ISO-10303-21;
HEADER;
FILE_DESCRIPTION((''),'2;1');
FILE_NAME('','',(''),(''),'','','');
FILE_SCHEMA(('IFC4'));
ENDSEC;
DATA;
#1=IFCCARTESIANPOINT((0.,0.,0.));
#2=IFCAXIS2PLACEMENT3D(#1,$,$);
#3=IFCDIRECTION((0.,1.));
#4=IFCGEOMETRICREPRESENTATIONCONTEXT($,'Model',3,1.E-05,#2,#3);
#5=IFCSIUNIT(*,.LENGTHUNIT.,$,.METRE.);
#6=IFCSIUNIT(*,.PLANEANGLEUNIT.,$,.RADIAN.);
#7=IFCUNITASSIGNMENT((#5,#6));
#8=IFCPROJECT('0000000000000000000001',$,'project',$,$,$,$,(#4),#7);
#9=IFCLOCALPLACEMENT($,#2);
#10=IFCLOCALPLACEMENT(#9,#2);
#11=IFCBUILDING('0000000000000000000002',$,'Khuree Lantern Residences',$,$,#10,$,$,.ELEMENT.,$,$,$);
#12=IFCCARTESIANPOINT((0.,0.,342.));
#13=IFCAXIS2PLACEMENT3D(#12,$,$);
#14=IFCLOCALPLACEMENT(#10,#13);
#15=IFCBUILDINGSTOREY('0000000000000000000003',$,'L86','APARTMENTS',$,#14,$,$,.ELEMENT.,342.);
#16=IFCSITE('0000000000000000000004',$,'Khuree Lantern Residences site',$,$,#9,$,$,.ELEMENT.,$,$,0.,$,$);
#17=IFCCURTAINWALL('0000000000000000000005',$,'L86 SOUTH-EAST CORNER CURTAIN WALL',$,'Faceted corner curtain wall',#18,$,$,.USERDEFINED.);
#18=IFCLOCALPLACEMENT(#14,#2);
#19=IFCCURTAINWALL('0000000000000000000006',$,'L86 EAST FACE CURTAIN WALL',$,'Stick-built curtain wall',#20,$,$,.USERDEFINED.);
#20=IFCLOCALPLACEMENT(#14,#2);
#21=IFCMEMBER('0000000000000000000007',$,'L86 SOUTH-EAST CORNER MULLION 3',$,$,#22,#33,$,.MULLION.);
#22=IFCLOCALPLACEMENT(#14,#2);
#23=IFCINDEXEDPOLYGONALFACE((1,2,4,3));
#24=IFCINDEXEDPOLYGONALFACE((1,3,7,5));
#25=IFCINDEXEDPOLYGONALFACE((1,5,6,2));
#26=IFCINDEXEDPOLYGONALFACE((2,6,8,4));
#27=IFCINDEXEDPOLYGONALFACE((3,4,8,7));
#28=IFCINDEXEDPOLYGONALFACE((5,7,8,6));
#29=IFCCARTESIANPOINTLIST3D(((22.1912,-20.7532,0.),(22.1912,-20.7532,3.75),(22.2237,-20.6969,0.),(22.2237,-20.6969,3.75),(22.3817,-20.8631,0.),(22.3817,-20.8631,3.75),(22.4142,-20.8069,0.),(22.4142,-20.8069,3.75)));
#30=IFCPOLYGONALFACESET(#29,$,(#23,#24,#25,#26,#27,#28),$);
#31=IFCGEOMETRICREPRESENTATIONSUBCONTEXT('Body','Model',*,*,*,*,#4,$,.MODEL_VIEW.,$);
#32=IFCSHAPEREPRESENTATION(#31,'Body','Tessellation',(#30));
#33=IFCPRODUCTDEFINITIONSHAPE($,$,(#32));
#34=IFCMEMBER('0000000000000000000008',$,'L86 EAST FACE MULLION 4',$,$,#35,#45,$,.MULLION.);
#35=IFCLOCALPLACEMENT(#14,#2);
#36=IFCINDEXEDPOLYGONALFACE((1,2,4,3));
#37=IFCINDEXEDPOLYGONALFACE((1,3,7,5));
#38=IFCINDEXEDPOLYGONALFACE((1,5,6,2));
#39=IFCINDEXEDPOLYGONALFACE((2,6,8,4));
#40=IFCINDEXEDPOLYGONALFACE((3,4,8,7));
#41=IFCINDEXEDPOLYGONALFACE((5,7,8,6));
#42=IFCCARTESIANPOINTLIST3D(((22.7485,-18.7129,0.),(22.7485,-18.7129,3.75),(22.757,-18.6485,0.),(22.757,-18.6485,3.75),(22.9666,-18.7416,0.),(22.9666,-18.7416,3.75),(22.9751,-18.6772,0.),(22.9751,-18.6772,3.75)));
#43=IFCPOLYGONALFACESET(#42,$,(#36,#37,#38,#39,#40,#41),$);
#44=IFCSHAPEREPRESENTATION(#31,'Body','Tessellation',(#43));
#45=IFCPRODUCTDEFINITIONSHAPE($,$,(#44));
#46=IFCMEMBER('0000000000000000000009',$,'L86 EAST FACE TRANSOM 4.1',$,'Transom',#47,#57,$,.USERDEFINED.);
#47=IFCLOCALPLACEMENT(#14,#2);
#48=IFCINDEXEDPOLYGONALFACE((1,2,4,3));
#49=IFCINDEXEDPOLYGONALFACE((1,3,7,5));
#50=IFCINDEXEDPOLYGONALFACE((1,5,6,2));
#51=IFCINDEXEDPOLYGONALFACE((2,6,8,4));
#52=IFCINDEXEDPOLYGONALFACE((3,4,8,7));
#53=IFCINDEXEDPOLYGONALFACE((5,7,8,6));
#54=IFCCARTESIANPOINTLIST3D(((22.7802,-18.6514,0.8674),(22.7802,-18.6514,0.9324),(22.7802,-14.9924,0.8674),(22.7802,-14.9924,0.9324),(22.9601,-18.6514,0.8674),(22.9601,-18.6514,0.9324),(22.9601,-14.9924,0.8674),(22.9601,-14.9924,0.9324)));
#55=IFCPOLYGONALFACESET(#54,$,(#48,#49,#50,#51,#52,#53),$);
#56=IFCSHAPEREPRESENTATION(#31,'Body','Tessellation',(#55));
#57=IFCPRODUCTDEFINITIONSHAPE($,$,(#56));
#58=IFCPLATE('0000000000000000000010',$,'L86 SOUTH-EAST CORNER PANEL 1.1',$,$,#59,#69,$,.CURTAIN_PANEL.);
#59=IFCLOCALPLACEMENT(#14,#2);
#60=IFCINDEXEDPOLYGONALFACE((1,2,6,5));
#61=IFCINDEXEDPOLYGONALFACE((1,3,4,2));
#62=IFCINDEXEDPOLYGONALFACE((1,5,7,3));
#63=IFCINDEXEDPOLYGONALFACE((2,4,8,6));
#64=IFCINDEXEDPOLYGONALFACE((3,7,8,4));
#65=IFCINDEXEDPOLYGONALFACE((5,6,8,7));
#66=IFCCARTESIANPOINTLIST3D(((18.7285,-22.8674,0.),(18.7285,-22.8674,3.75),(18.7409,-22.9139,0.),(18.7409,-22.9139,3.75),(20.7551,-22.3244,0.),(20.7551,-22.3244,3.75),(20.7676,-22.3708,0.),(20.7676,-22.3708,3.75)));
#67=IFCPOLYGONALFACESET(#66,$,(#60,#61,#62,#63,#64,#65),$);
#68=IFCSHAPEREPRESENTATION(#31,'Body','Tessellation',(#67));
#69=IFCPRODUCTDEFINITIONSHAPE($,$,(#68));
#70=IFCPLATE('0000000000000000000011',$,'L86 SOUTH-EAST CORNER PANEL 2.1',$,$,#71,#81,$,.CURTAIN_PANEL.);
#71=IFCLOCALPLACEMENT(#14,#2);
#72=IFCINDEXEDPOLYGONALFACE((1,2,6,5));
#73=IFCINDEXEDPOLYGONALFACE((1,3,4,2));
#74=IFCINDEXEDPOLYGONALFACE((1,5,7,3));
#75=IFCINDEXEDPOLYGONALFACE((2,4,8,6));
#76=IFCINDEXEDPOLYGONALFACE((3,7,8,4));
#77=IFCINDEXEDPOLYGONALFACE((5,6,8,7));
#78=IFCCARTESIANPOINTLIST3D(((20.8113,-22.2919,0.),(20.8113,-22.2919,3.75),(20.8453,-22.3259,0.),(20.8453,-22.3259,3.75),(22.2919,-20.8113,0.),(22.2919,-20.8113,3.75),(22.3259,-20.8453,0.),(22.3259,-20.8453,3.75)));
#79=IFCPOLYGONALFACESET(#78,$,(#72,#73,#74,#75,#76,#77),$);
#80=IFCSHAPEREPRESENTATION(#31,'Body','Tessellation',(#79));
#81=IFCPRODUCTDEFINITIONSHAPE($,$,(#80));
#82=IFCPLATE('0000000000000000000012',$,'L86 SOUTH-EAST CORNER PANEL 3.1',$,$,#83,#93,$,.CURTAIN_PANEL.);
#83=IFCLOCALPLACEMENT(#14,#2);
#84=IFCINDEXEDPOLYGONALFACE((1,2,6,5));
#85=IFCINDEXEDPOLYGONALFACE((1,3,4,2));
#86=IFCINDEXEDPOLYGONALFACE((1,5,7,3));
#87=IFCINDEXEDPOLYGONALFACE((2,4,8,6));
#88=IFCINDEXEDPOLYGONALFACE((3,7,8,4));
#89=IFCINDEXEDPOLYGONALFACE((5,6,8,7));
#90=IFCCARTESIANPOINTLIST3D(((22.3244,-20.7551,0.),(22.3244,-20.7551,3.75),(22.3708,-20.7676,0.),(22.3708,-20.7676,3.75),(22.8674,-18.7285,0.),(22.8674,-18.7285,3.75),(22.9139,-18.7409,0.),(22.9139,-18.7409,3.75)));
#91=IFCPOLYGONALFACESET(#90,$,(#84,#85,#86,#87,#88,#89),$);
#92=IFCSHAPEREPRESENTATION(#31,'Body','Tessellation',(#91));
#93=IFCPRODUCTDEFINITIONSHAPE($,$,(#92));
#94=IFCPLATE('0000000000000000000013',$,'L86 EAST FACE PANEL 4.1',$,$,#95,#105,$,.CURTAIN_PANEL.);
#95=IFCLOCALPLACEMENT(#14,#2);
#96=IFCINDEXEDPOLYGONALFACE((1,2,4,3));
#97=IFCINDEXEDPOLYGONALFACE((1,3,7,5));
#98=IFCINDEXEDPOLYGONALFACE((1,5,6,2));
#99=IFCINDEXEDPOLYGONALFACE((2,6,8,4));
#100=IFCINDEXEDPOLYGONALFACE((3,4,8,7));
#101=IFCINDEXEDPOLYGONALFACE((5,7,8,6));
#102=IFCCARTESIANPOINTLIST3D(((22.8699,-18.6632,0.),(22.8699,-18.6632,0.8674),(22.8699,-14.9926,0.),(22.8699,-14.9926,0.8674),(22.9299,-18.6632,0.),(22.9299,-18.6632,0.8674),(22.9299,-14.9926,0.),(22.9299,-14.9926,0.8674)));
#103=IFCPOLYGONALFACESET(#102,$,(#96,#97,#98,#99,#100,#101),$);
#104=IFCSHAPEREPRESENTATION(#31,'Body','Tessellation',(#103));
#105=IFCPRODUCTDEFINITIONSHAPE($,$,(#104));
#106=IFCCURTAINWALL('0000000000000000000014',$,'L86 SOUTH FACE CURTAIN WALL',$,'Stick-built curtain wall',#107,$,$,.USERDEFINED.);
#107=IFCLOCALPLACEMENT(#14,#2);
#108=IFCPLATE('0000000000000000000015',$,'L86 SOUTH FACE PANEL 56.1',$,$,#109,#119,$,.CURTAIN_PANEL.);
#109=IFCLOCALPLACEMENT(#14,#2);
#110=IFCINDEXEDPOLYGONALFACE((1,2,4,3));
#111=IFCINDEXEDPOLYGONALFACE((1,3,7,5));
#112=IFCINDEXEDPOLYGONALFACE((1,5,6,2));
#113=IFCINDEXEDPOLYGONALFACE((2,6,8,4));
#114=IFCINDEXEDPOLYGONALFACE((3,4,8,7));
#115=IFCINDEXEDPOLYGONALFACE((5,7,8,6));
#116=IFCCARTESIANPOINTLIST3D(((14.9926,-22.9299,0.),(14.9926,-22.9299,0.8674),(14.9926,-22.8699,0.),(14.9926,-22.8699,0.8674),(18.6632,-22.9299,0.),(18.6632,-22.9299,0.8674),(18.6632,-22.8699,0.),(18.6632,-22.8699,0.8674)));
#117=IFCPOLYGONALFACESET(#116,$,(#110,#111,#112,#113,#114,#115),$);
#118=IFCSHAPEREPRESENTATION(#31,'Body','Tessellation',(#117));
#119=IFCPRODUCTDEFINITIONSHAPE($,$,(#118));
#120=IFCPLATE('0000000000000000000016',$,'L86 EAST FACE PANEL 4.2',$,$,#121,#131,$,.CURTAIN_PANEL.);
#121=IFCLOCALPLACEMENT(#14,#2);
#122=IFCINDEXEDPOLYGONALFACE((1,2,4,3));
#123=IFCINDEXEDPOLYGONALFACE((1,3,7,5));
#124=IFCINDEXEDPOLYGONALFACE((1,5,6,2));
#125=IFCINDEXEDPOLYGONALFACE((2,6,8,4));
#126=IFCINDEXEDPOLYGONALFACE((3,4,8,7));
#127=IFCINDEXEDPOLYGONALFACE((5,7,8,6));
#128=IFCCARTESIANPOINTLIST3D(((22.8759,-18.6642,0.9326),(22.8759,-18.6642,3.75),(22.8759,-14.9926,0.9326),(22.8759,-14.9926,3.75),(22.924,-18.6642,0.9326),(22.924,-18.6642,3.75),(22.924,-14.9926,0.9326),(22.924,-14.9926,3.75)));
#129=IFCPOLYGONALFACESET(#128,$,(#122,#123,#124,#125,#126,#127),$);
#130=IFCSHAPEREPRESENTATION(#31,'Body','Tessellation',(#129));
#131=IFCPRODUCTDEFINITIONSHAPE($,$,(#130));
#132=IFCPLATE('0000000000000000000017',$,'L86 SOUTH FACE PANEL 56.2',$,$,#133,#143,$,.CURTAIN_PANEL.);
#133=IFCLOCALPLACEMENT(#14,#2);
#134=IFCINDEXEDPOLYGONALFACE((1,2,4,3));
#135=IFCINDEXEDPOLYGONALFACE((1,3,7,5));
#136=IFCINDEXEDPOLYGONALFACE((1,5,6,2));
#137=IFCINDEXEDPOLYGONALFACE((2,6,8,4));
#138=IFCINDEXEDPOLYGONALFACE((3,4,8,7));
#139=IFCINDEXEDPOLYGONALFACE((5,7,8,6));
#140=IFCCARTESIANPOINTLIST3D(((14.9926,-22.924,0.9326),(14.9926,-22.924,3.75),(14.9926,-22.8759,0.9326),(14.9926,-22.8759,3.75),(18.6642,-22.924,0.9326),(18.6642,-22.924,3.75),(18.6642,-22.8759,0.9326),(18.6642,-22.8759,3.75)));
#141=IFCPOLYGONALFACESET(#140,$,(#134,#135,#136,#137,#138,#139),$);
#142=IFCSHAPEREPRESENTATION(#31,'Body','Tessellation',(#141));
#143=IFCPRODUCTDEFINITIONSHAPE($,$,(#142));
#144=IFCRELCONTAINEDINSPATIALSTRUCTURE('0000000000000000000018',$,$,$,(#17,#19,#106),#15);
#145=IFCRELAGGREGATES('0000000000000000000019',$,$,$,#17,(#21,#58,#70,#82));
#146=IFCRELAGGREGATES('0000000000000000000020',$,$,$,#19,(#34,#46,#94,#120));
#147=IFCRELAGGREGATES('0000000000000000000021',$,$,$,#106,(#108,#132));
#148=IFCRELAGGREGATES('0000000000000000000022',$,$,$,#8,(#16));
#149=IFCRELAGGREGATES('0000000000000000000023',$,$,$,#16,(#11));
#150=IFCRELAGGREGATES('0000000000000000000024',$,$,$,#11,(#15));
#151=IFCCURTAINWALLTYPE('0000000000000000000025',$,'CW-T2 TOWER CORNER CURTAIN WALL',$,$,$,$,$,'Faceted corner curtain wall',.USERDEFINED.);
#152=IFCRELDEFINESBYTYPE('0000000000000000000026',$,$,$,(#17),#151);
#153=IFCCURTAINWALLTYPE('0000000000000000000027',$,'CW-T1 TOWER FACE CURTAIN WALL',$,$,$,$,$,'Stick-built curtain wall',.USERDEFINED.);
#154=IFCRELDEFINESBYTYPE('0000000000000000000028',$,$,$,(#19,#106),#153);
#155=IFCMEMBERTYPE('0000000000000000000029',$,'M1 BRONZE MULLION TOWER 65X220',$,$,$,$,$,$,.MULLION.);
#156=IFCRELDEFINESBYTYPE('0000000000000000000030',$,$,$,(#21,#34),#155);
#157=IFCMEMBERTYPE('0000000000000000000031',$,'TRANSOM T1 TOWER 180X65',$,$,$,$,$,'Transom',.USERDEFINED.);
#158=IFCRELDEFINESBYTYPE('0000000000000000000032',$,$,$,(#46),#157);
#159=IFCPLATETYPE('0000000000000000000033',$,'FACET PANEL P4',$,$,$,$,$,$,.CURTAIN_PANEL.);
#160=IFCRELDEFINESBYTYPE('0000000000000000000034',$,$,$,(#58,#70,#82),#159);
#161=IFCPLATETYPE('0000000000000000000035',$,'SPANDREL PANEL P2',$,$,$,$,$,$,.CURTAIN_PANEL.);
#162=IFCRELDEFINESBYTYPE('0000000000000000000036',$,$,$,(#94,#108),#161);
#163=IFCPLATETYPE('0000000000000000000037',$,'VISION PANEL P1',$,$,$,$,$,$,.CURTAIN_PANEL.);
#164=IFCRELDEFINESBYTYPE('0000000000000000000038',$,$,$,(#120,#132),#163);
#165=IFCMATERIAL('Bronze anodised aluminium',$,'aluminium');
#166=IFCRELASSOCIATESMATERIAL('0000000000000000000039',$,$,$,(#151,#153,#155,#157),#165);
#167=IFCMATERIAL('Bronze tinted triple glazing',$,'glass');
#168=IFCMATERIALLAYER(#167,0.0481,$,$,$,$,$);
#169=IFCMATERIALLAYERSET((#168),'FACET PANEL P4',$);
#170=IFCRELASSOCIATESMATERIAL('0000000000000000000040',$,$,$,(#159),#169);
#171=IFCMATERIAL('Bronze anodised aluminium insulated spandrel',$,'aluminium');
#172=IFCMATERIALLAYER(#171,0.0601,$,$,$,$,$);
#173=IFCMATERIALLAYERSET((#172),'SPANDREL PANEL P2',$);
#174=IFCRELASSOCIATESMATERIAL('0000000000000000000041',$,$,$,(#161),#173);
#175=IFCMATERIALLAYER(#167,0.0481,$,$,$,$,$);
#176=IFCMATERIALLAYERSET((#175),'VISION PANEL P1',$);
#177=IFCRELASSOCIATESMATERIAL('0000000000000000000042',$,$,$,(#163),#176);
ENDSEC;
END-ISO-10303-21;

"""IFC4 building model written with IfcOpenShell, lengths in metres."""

from ifc_helpers import new_model, si_unit, direction, frame, origin, origin_2d, place, context, subcontext, project, spatial, rectangle, extrude, material, layer, layer_set, material_profile, profile_set, type_object, element, aggregate, save


model = new_model("IFC4")

# Units and contexts
model_context = context("Model", 3, precision=1e-05, world=origin(), true_north=direction((0.0, 1.0)))
body_context = subcontext(model_context, "Body", "Model", "MODEL_VIEW")
ifc_project = project(units=[si_unit("LENGTHUNIT", "METRE"), si_unit("PLANEANGLEUNIT", "RADIAN")], contexts=[model_context])

# Site, building, storey
site_placement = place(None, origin())
site = spatial("IfcSite", under=ifc_project, at=site_placement, Name="Khuree Lantern Residences site", CompositionType="ELEMENT", RefElevation=0.0)
building_placement = place(site_placement, origin())
building = spatial("IfcBuilding", under=site, at=building_placement, Name="Khuree Lantern Residences", CompositionType="ELEMENT")
storey_placement = place(building_placement, frame((0.0, 0.0, 342.0)))
storey = spatial("IfcBuildingStorey", under=building, at=storey_placement, Name="L86", Description="APARTMENTS", CompositionType="ELEMENT", Elevation=342.0)

# Curtain walls
ifc_material_1 = material(Name="Bronze anodised aluminium", Category="aluminium")
curtain_wall_type_1 = type_object("IfcCurtainWallType", Name="CW-T2 TOWER CORNER CURTAIN WALL", ElementType="Faceted corner curtain wall", PredefinedType="USERDEFINED", material=ifc_material_1)
curtain_wall_1_placement = place(storey_placement, origin())
curtain_wall_1 = element("IfcCurtainWall", 1, at=curtain_wall_1_placement, inside=storey, type_object=curtain_wall_type_1, Name="L86 SOUTH-EAST CORNER CURTAIN WALL", ObjectType="Faceted corner curtain wall", PredefinedType="USERDEFINED")
curtain_wall_type_2 = type_object("IfcCurtainWallType", Name="CW-T1 TOWER FACE CURTAIN WALL", ElementType="Stick-built curtain wall", PredefinedType="USERDEFINED", material=ifc_material_1)
curtain_wall_2_placement = place(storey_placement, origin())
curtain_wall_2 = element("IfcCurtainWall", 2, at=curtain_wall_2_placement, inside=storey, type_object=curtain_wall_type_2, Name="L86 EAST FACE CURTAIN WALL", ObjectType="Stick-built curtain wall", PredefinedType="USERDEFINED")

# Members
ifc_material_profile_1 = material_profile(ifc_material_1, rectangle(XDim=0.0649, YDim=0.22, at=origin_2d()), Name="M1 65X220")
ifc_profile_set_1 = profile_set([ifc_material_profile_1], Name="Bronze anodised aluminium")
member_type_1 = type_object("IfcMemberType", Name="M1 BRONZE MULLION TOWER 65X220", PredefinedType="MULLION", material=ifc_profile_set_1)
member_1_placement = place(storey_placement, frame((22.3027, -20.78, 0.0), z_axis=(0.0, 0.0, 1.0), x_axis=(0.5, 0.866025, 0.0)))
member_1 = element("IfcMember", 3, at=member_1_placement, type_object=member_type_1, Name="L86 SOUTH-EAST CORNER MULLION 3", PredefinedType="MULLION", context=body_context, shape_type="SweptSolid", body=[
    extrude(rectangle(XDim=0.0649, YDim=0.22, at=origin_2d()), origin(), (0.0, 0.0, 1.0), 3.75),
])
member_2_placement = place(storey_placement, frame((22.8618, -18.6951, 0.0), z_axis=(0.0, 0.0, 1.0), x_axis=(0.130526, 0.991445, 0.0)))
member_2 = element("IfcMember", 4, at=member_2_placement, type_object=member_type_1, Name="L86 EAST FACE MULLION 4", PredefinedType="MULLION", context=body_context, shape_type="SweptSolid", body=[
    extrude(rectangle(XDim=0.0649, YDim=0.22, at=origin_2d()), origin(), (0.0, 0.0, 1.0), 3.75),
])
ifc_material_profile_2 = material_profile(ifc_material_1, rectangle(XDim=0.1799, YDim=0.0649, at=origin_2d()), Name="T1 180X65")
ifc_profile_set_2 = profile_set([ifc_material_profile_2], Name="Bronze anodised aluminium")
member_type_2 = type_object("IfcMemberType", Name="TRANSOM T1 TOWER 180X65", ElementType="Transom", PredefinedType="USERDEFINED", material=ifc_profile_set_2)
member_3_placement = place(storey_placement, frame((22.8701, -18.6514, 0.8999), z_axis=(0.0, 1.0, 0.0), x_axis=(-1.0, 0.0, 0.0)))
member_3 = element("IfcMember", 5, at=member_3_placement, type_object=member_type_2, Name="L86 EAST FACE TRANSOM 4.1", ObjectType="Transom", PredefinedType="USERDEFINED", context=body_context, shape_type="SweptSolid", body=[
    extrude(rectangle(XDim=0.1799, YDim=0.0649, at=origin_2d()), origin(), (0.0, 0.0, 1.0), 3.6589),
])

# Plates
ifc_material_2 = material(Name="Bronze tinted triple glazing", Category="glass")
ifc_layer_1 = layer(ifc_material_2, 0.0481)
ifc_layer_set_1 = layer_set([ifc_layer_1], Name="FACET PANEL P4")
plate_type_1 = type_object("IfcPlateType", Name="FACET PANEL P4", PredefinedType="CURTAIN_PANEL", material=ifc_layer_set_1)
plate_1_placement = place(storey_placement, frame((19.748, -22.6191, 0.0), z_axis=(0.0, 0.0, 1.0), x_axis=(0.965926, 0.258819, 0.0)))
plate_1 = element("IfcPlate", 6, at=plate_1_placement, type_object=plate_type_1, Name="L86 SOUTH-EAST CORNER PANEL 1.1", PredefinedType="CURTAIN_PANEL", context=body_context, shape_type="SweptSolid", body=[
    extrude(rectangle(XDim=2.0981, YDim=0.0481, at=origin_2d()), origin(), (0.0, 0.0, 1.0), 3.75),
])
plate_2_placement = place(storey_placement, frame((21.5686, -21.5686, 0.0), z_axis=(0.0, 0.0, 1.0), x_axis=(0.707107, 0.707107, 0.0)))
plate_2 = element("IfcPlate", 7, at=plate_2_placement, type_object=plate_type_1, Name="L86 SOUTH-EAST CORNER PANEL 2.1", PredefinedType="CURTAIN_PANEL", context=body_context, shape_type="SweptSolid", body=[
    extrude(rectangle(XDim=2.094, YDim=0.0481, at=origin_2d()), origin(), (0.0, 0.0, 1.0), 3.75),
])
plate_3_placement = place(storey_placement, frame((22.6191, -19.748, 0.0), z_axis=(0.0, 0.0, 1.0), x_axis=(0.258819, 0.965926, 0.0)))
plate_3 = element("IfcPlate", 8, at=plate_3_placement, type_object=plate_type_1, Name="L86 SOUTH-EAST CORNER PANEL 3.1", PredefinedType="CURTAIN_PANEL", context=body_context, shape_type="SweptSolid", body=[
    extrude(rectangle(XDim=2.0981, YDim=0.0481, at=origin_2d()), origin(), (0.0, 0.0, 1.0), 3.75),
])
aggregate(curtain_wall_1, [member_1, plate_1, plate_2, plate_3])
ifc_material_3 = material(Name="Bronze anodised aluminium insulated spandrel", Category="aluminium")
ifc_layer_2 = layer(ifc_material_3, 0.0601)
ifc_layer_set_2 = layer_set([ifc_layer_2], Name="SPANDREL PANEL P2")
plate_type_2 = type_object("IfcPlateType", Name="SPANDREL PANEL P2", PredefinedType="CURTAIN_PANEL", material=ifc_layer_set_2)
plate_4_placement = place(storey_placement, frame((22.8999, -16.8279, 0.0), z_axis=(0.0, 0.0, 1.0), x_axis=(0.0, 1.0, 0.0)))
plate_4 = element("IfcPlate", 9, at=plate_4_placement, type_object=plate_type_2, Name="L86 EAST FACE PANEL 4.1", PredefinedType="CURTAIN_PANEL", context=body_context, shape_type="SweptSolid", body=[
    extrude(rectangle(XDim=3.6707, YDim=0.0601, at=origin_2d()), origin(), (0.0, 0.0, 1.0), 0.8674),
])

# Curtain wall, plate
curtain_wall_3_placement = place(storey_placement, origin())
curtain_wall_3 = element("IfcCurtainWall", 10, at=curtain_wall_3_placement, inside=storey, type_object=curtain_wall_type_2, Name="L86 SOUTH FACE CURTAIN WALL", ObjectType="Stick-built curtain wall", PredefinedType="USERDEFINED")
plate_5_placement = place(storey_placement, frame((16.8279, -22.8999, 0.0), z_axis=(0.0, 0.0, 1.0), x_axis=(1.0, 0.0, 0.0)))
plate_5 = element("IfcPlate", 11, at=plate_5_placement, type_object=plate_type_2, Name="L86 SOUTH FACE PANEL 56.1", PredefinedType="CURTAIN_PANEL", context=body_context, shape_type="SweptSolid", body=[
    extrude(rectangle(XDim=3.6707, YDim=0.0601, at=origin_2d()), origin(), (0.0, 0.0, 1.0), 0.8674),
])

# Plates
ifc_layer_3 = layer(ifc_material_2, 0.0481)
ifc_layer_set_3 = layer_set([ifc_layer_3], Name="VISION PANEL P1")
plate_type_3 = type_object("IfcPlateType", Name="VISION PANEL P1", PredefinedType="CURTAIN_PANEL", material=ifc_layer_set_3)
plate_6_placement = place(storey_placement, frame((22.8999, -16.8284, 0.9326), z_axis=(0.0, 0.0, 1.0), x_axis=(0.0, 1.0, 0.0)))
plate_6 = element("IfcPlate", 12, at=plate_6_placement, type_object=plate_type_3, Name="L86 EAST FACE PANEL 4.2", PredefinedType="CURTAIN_PANEL", context=body_context, shape_type="SweptSolid", body=[
    extrude(rectangle(XDim=3.6716, YDim=0.0481, at=origin_2d()), origin(), (0.0, 0.0, 1.0), 2.8174),
])
aggregate(curtain_wall_2, [member_2, member_3, plate_4, plate_6])
plate_7_placement = place(storey_placement, frame((16.8284, -22.8999, 0.9326), z_axis=(0.0, 0.0, 1.0), x_axis=(1.0, 0.0, 0.0)))
plate_7 = element("IfcPlate", 13, at=plate_7_placement, type_object=plate_type_3, Name="L86 SOUTH FACE PANEL 56.2", PredefinedType="CURTAIN_PANEL", context=body_context, shape_type="SweptSolid", body=[
    extrude(rectangle(XDim=3.6716, YDim=0.0481, at=origin_2d()), origin(), (0.0, 0.0, 1.0), 2.8174),
])
aggregate(curtain_wall_3, [plate_5, plate_7])

save(model, "model.ifc")
